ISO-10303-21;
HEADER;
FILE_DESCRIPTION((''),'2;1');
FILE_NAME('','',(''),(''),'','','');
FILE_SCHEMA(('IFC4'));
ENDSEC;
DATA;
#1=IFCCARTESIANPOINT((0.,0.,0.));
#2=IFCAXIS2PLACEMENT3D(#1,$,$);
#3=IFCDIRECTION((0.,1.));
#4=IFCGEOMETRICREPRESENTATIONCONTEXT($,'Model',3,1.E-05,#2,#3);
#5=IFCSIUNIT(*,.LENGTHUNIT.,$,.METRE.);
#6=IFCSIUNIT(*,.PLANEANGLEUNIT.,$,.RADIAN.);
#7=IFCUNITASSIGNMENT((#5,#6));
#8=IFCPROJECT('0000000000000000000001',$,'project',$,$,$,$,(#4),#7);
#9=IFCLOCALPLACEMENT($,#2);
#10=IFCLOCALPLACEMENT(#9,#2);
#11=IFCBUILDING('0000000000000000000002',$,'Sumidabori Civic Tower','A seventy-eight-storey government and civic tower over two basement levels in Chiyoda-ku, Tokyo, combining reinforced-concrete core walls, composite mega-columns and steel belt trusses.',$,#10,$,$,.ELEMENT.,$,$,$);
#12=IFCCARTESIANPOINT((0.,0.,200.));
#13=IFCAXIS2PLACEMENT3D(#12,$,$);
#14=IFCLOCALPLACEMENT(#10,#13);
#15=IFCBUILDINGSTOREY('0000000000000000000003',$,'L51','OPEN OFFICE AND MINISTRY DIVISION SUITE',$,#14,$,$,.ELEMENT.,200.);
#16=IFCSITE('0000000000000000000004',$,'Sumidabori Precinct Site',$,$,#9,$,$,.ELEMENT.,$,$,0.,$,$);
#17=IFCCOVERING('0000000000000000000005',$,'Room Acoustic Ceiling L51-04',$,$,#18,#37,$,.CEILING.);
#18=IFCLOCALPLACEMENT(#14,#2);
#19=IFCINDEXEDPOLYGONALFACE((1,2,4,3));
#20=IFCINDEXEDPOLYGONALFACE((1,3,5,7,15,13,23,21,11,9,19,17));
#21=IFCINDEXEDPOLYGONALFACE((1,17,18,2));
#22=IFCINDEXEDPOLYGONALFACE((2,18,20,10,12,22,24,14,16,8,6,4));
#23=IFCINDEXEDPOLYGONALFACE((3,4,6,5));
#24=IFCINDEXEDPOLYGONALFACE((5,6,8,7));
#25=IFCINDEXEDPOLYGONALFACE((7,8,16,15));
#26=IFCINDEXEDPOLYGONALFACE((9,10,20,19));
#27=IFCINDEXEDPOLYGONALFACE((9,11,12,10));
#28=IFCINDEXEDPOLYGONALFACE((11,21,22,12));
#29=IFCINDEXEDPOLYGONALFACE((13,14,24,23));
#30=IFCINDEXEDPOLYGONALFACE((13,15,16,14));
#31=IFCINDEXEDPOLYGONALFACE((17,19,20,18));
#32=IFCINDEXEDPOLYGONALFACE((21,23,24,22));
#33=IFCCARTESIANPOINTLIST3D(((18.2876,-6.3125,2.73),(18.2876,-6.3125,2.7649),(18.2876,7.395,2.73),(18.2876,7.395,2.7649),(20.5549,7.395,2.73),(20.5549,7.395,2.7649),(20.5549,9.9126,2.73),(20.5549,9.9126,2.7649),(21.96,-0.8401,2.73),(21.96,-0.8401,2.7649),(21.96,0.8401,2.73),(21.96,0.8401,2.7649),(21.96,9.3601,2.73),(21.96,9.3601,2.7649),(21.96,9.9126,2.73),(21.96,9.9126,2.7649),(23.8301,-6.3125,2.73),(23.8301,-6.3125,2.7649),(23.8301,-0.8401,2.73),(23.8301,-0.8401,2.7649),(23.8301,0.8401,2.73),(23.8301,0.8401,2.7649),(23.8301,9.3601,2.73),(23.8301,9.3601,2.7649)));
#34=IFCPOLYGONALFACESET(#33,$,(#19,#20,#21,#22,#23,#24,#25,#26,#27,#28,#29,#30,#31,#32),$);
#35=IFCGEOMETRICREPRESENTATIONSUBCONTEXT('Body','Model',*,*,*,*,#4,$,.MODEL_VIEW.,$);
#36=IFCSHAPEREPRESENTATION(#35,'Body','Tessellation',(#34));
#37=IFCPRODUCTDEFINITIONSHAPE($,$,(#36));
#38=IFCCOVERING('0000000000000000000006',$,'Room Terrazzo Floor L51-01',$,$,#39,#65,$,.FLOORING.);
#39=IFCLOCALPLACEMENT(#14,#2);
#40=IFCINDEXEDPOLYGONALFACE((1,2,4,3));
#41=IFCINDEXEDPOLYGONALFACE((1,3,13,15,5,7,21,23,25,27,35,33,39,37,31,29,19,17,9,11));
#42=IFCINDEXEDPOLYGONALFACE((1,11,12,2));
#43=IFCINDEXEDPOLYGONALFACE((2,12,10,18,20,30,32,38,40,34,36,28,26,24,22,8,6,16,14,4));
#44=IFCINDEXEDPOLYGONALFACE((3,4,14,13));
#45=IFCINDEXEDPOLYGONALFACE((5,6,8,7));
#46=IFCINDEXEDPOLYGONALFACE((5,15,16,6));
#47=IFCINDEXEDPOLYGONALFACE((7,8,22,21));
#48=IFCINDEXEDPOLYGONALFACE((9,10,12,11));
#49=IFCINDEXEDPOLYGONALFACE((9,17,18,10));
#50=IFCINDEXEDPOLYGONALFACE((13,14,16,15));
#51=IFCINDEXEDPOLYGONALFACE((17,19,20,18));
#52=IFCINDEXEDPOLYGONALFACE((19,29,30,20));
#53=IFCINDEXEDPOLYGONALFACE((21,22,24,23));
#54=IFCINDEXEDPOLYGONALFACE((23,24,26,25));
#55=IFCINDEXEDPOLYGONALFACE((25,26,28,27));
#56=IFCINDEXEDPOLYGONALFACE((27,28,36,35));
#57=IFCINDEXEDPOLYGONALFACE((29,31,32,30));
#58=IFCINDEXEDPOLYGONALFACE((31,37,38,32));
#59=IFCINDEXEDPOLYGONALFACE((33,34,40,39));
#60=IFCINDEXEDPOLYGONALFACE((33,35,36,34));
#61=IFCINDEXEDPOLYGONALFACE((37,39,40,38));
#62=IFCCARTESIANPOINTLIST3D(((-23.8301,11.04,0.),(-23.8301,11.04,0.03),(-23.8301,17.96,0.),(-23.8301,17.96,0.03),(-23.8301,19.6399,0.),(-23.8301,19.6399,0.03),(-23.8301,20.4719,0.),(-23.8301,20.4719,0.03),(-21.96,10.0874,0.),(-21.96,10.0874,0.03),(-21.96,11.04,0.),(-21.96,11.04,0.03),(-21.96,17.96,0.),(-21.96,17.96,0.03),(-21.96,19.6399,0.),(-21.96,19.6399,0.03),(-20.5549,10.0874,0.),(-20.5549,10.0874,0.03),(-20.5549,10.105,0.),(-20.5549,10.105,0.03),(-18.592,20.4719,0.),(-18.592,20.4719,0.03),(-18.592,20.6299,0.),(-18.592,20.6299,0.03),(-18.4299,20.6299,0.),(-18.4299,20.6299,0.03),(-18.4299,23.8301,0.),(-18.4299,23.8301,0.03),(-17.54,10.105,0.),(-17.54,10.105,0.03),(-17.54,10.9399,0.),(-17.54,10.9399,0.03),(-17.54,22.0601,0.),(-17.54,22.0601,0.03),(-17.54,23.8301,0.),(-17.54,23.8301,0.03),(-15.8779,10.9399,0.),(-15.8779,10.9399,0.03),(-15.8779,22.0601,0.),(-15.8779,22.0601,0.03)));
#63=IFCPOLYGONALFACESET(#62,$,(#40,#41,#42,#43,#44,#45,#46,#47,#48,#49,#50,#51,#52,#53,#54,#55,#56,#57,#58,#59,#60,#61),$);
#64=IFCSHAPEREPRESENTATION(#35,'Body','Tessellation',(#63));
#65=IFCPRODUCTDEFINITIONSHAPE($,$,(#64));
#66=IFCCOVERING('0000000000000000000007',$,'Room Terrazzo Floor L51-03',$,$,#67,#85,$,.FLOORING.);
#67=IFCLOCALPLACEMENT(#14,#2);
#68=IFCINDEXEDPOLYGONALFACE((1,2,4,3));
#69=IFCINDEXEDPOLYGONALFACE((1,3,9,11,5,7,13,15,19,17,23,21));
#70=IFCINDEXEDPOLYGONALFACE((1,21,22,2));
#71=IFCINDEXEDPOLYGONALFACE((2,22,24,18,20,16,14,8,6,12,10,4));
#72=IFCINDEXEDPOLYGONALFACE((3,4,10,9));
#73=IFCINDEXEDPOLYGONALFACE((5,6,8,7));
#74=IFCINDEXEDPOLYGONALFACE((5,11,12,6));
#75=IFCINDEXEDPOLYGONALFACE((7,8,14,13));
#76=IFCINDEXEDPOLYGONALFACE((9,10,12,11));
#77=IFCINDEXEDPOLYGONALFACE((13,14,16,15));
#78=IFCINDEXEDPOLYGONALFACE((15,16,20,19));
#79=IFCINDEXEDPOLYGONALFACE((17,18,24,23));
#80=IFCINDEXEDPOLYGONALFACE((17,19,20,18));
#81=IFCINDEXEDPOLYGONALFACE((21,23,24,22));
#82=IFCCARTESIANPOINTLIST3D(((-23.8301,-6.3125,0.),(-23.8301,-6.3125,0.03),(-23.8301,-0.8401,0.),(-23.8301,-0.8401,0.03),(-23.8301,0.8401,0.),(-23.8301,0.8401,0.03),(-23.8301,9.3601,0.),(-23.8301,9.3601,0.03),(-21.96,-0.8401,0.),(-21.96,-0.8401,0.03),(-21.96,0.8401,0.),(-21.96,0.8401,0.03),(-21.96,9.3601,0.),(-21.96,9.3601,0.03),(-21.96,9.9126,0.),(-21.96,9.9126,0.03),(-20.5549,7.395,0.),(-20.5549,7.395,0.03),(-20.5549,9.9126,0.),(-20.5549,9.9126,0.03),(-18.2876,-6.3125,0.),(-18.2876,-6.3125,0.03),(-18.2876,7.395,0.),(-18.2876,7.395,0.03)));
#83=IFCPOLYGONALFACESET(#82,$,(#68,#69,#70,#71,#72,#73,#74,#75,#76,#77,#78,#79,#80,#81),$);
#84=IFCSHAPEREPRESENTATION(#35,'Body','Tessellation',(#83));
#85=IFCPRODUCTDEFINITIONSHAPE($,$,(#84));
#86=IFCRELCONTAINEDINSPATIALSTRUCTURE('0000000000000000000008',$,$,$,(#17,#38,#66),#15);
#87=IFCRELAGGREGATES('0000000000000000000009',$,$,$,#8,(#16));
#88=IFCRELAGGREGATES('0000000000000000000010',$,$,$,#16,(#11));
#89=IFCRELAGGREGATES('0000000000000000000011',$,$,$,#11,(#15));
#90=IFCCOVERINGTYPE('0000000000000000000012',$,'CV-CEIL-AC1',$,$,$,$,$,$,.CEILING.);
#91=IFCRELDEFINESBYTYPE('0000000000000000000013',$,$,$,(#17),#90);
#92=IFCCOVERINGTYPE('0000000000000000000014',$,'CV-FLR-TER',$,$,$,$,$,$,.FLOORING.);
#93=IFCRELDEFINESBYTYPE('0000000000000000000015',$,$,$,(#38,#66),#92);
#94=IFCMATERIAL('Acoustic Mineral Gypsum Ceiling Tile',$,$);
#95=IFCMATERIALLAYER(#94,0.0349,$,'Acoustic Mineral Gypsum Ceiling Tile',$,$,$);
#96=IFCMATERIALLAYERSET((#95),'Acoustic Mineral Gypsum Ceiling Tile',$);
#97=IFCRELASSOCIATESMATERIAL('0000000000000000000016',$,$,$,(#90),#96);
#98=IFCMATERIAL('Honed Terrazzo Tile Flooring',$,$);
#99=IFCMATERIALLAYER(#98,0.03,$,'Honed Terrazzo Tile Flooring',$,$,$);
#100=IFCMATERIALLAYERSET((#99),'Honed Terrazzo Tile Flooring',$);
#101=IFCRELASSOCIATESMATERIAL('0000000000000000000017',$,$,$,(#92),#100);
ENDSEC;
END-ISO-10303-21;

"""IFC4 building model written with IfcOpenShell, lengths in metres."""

from ifc_helpers import new_model, si_unit, direction, frame, origin, place, context, subcontext, project, spatial, polyline, outline, extrude, material, layer, layer_set, type_object, element, save


model = new_model("IFC4")

# Units and contexts
model_context = context("Model", 3, precision=1e-05, world=origin(), true_north=direction((0.0, 1.0)))
body_context = subcontext(model_context, "Body", "Model", "MODEL_VIEW")
ifc_project = project(units=[si_unit("LENGTHUNIT", "METRE"), si_unit("PLANEANGLEUNIT", "RADIAN")], contexts=[model_context])

# Site, building, storey
site_placement = place(None, origin())
site = spatial("IfcSite", under=ifc_project, at=site_placement, Name="Sumidabori Precinct Site", CompositionType="ELEMENT", RefElevation=0.0)
building_placement = place(site_placement, origin())
building = spatial("IfcBuilding", under=site, at=building_placement, Name="Sumidabori Civic Tower", Description="A seventy-eight-storey government and civic tower over two basement levels in Chiyoda-ku, Tokyo, combining reinforced-concrete core walls, composite mega-columns and steel belt trusses.", CompositionType="ELEMENT")
storey_placement = place(building_placement, frame((0.0, 0.0, 200.0)))
storey = spatial("IfcBuildingStorey", under=building, at=storey_placement, Name="L51", Description="OPEN OFFICE AND MINISTRY DIVISION SUITE", CompositionType="ELEMENT", Elevation=200.0)

# Coverings
ifc_material_1 = material(Name="Acoustic Mineral Gypsum Ceiling Tile")
ifc_layer_1 = layer(ifc_material_1, 0.0349, Name="Acoustic Mineral Gypsum Ceiling Tile")
ifc_layer_set_1 = layer_set([ifc_layer_1], Name="Acoustic Mineral Gypsum Ceiling Tile")
covering_type_1 = type_object("IfcCoveringType", Name="CV-CEIL-AC1", PredefinedType="CEILING", material=ifc_layer_set_1)
covering_1_placement = place(storey_placement, frame((0.0, 0.0, 2.73)))
element("IfcCovering", 1, at=covering_1_placement, inside=storey, type_object=covering_type_1, Name="Room Acoustic Ceiling L51-04", PredefinedType="CEILING", context=body_context, shape_type="SweptSolid", body=[
    extrude(outline(polyline([(18.2876, 7.395), (20.5549, 7.395), (20.5549, 9.9126), (21.96, 9.9126), (21.96, 9.3601), (23.8301, 9.3601), (23.8301, 0.8401), (21.96, 0.8401), (21.96, -0.8401), (23.8301, -0.8401), (23.8301, -6.3125), (18.2876, -6.3125), (18.2876, 7.395)])), origin(), (0.0, 0.0, 1.0), 0.0349),
])
ifc_material_2 = material(Name="Honed Terrazzo Tile Flooring")
ifc_layer_2 = layer(ifc_material_2, 0.03, Name="Honed Terrazzo Tile Flooring")
ifc_layer_set_2 = layer_set([ifc_layer_2], Name="Honed Terrazzo Tile Flooring")
covering_type_2 = type_object("IfcCoveringType", Name="CV-FLR-TER", PredefinedType="FLOORING", material=ifc_layer_set_2)
covering_2_placement = place(storey_placement, origin())
element("IfcCovering", 2, at=covering_2_placement, inside=storey, type_object=covering_type_2, Name="Room Terrazzo Floor L51-01", PredefinedType="FLOORING", context=body_context, shape_type="SweptSolid", body=[
    extrude(outline(polyline([(-23.8301, 17.96), (-21.96, 17.96), (-21.96, 19.6399), (-23.8301, 19.6399), (-23.8301, 20.4719), (-18.592, 20.4719), (-18.592, 20.6299), (-18.4299, 20.6299), (-18.4299, 23.8301), (-17.54, 23.8301), (-17.54, 22.0601), (-15.8779, 22.0601), (-15.8779, 10.9399), (-17.54, 10.9399), (-17.54, 10.105), (-20.5549, 10.105), (-20.5549, 10.0874), (-21.96, 10.0874), (-21.96, 11.04), (-23.8301, 11.04), (-23.8301, 17.96)])), origin(), (0.0, 0.0, 1.0), 0.03),
])
covering_3_placement = place(storey_placement, origin())
element("IfcCovering", 3, at=covering_3_placement, inside=storey, type_object=covering_type_2, Name="Room Terrazzo Floor L51-03", PredefinedType="FLOORING", context=body_context, shape_type="SweptSolid", body=[
    extrude(outline(polyline([(-23.8301, -6.3125), (-23.8301, -0.8401), (-21.96, -0.8401), (-21.96, 0.8401), (-23.8301, 0.8401), (-23.8301, 9.3601), (-21.96, 9.3601), (-21.96, 9.9126), (-20.5549, 9.9126), (-20.5549, 7.395), (-18.2876, 7.395), (-18.2876, -6.3125), (-23.8301, -6.3125)])), origin(), (0.0, 0.0, 1.0), 0.03),
])

save(model, "model.ifc")
